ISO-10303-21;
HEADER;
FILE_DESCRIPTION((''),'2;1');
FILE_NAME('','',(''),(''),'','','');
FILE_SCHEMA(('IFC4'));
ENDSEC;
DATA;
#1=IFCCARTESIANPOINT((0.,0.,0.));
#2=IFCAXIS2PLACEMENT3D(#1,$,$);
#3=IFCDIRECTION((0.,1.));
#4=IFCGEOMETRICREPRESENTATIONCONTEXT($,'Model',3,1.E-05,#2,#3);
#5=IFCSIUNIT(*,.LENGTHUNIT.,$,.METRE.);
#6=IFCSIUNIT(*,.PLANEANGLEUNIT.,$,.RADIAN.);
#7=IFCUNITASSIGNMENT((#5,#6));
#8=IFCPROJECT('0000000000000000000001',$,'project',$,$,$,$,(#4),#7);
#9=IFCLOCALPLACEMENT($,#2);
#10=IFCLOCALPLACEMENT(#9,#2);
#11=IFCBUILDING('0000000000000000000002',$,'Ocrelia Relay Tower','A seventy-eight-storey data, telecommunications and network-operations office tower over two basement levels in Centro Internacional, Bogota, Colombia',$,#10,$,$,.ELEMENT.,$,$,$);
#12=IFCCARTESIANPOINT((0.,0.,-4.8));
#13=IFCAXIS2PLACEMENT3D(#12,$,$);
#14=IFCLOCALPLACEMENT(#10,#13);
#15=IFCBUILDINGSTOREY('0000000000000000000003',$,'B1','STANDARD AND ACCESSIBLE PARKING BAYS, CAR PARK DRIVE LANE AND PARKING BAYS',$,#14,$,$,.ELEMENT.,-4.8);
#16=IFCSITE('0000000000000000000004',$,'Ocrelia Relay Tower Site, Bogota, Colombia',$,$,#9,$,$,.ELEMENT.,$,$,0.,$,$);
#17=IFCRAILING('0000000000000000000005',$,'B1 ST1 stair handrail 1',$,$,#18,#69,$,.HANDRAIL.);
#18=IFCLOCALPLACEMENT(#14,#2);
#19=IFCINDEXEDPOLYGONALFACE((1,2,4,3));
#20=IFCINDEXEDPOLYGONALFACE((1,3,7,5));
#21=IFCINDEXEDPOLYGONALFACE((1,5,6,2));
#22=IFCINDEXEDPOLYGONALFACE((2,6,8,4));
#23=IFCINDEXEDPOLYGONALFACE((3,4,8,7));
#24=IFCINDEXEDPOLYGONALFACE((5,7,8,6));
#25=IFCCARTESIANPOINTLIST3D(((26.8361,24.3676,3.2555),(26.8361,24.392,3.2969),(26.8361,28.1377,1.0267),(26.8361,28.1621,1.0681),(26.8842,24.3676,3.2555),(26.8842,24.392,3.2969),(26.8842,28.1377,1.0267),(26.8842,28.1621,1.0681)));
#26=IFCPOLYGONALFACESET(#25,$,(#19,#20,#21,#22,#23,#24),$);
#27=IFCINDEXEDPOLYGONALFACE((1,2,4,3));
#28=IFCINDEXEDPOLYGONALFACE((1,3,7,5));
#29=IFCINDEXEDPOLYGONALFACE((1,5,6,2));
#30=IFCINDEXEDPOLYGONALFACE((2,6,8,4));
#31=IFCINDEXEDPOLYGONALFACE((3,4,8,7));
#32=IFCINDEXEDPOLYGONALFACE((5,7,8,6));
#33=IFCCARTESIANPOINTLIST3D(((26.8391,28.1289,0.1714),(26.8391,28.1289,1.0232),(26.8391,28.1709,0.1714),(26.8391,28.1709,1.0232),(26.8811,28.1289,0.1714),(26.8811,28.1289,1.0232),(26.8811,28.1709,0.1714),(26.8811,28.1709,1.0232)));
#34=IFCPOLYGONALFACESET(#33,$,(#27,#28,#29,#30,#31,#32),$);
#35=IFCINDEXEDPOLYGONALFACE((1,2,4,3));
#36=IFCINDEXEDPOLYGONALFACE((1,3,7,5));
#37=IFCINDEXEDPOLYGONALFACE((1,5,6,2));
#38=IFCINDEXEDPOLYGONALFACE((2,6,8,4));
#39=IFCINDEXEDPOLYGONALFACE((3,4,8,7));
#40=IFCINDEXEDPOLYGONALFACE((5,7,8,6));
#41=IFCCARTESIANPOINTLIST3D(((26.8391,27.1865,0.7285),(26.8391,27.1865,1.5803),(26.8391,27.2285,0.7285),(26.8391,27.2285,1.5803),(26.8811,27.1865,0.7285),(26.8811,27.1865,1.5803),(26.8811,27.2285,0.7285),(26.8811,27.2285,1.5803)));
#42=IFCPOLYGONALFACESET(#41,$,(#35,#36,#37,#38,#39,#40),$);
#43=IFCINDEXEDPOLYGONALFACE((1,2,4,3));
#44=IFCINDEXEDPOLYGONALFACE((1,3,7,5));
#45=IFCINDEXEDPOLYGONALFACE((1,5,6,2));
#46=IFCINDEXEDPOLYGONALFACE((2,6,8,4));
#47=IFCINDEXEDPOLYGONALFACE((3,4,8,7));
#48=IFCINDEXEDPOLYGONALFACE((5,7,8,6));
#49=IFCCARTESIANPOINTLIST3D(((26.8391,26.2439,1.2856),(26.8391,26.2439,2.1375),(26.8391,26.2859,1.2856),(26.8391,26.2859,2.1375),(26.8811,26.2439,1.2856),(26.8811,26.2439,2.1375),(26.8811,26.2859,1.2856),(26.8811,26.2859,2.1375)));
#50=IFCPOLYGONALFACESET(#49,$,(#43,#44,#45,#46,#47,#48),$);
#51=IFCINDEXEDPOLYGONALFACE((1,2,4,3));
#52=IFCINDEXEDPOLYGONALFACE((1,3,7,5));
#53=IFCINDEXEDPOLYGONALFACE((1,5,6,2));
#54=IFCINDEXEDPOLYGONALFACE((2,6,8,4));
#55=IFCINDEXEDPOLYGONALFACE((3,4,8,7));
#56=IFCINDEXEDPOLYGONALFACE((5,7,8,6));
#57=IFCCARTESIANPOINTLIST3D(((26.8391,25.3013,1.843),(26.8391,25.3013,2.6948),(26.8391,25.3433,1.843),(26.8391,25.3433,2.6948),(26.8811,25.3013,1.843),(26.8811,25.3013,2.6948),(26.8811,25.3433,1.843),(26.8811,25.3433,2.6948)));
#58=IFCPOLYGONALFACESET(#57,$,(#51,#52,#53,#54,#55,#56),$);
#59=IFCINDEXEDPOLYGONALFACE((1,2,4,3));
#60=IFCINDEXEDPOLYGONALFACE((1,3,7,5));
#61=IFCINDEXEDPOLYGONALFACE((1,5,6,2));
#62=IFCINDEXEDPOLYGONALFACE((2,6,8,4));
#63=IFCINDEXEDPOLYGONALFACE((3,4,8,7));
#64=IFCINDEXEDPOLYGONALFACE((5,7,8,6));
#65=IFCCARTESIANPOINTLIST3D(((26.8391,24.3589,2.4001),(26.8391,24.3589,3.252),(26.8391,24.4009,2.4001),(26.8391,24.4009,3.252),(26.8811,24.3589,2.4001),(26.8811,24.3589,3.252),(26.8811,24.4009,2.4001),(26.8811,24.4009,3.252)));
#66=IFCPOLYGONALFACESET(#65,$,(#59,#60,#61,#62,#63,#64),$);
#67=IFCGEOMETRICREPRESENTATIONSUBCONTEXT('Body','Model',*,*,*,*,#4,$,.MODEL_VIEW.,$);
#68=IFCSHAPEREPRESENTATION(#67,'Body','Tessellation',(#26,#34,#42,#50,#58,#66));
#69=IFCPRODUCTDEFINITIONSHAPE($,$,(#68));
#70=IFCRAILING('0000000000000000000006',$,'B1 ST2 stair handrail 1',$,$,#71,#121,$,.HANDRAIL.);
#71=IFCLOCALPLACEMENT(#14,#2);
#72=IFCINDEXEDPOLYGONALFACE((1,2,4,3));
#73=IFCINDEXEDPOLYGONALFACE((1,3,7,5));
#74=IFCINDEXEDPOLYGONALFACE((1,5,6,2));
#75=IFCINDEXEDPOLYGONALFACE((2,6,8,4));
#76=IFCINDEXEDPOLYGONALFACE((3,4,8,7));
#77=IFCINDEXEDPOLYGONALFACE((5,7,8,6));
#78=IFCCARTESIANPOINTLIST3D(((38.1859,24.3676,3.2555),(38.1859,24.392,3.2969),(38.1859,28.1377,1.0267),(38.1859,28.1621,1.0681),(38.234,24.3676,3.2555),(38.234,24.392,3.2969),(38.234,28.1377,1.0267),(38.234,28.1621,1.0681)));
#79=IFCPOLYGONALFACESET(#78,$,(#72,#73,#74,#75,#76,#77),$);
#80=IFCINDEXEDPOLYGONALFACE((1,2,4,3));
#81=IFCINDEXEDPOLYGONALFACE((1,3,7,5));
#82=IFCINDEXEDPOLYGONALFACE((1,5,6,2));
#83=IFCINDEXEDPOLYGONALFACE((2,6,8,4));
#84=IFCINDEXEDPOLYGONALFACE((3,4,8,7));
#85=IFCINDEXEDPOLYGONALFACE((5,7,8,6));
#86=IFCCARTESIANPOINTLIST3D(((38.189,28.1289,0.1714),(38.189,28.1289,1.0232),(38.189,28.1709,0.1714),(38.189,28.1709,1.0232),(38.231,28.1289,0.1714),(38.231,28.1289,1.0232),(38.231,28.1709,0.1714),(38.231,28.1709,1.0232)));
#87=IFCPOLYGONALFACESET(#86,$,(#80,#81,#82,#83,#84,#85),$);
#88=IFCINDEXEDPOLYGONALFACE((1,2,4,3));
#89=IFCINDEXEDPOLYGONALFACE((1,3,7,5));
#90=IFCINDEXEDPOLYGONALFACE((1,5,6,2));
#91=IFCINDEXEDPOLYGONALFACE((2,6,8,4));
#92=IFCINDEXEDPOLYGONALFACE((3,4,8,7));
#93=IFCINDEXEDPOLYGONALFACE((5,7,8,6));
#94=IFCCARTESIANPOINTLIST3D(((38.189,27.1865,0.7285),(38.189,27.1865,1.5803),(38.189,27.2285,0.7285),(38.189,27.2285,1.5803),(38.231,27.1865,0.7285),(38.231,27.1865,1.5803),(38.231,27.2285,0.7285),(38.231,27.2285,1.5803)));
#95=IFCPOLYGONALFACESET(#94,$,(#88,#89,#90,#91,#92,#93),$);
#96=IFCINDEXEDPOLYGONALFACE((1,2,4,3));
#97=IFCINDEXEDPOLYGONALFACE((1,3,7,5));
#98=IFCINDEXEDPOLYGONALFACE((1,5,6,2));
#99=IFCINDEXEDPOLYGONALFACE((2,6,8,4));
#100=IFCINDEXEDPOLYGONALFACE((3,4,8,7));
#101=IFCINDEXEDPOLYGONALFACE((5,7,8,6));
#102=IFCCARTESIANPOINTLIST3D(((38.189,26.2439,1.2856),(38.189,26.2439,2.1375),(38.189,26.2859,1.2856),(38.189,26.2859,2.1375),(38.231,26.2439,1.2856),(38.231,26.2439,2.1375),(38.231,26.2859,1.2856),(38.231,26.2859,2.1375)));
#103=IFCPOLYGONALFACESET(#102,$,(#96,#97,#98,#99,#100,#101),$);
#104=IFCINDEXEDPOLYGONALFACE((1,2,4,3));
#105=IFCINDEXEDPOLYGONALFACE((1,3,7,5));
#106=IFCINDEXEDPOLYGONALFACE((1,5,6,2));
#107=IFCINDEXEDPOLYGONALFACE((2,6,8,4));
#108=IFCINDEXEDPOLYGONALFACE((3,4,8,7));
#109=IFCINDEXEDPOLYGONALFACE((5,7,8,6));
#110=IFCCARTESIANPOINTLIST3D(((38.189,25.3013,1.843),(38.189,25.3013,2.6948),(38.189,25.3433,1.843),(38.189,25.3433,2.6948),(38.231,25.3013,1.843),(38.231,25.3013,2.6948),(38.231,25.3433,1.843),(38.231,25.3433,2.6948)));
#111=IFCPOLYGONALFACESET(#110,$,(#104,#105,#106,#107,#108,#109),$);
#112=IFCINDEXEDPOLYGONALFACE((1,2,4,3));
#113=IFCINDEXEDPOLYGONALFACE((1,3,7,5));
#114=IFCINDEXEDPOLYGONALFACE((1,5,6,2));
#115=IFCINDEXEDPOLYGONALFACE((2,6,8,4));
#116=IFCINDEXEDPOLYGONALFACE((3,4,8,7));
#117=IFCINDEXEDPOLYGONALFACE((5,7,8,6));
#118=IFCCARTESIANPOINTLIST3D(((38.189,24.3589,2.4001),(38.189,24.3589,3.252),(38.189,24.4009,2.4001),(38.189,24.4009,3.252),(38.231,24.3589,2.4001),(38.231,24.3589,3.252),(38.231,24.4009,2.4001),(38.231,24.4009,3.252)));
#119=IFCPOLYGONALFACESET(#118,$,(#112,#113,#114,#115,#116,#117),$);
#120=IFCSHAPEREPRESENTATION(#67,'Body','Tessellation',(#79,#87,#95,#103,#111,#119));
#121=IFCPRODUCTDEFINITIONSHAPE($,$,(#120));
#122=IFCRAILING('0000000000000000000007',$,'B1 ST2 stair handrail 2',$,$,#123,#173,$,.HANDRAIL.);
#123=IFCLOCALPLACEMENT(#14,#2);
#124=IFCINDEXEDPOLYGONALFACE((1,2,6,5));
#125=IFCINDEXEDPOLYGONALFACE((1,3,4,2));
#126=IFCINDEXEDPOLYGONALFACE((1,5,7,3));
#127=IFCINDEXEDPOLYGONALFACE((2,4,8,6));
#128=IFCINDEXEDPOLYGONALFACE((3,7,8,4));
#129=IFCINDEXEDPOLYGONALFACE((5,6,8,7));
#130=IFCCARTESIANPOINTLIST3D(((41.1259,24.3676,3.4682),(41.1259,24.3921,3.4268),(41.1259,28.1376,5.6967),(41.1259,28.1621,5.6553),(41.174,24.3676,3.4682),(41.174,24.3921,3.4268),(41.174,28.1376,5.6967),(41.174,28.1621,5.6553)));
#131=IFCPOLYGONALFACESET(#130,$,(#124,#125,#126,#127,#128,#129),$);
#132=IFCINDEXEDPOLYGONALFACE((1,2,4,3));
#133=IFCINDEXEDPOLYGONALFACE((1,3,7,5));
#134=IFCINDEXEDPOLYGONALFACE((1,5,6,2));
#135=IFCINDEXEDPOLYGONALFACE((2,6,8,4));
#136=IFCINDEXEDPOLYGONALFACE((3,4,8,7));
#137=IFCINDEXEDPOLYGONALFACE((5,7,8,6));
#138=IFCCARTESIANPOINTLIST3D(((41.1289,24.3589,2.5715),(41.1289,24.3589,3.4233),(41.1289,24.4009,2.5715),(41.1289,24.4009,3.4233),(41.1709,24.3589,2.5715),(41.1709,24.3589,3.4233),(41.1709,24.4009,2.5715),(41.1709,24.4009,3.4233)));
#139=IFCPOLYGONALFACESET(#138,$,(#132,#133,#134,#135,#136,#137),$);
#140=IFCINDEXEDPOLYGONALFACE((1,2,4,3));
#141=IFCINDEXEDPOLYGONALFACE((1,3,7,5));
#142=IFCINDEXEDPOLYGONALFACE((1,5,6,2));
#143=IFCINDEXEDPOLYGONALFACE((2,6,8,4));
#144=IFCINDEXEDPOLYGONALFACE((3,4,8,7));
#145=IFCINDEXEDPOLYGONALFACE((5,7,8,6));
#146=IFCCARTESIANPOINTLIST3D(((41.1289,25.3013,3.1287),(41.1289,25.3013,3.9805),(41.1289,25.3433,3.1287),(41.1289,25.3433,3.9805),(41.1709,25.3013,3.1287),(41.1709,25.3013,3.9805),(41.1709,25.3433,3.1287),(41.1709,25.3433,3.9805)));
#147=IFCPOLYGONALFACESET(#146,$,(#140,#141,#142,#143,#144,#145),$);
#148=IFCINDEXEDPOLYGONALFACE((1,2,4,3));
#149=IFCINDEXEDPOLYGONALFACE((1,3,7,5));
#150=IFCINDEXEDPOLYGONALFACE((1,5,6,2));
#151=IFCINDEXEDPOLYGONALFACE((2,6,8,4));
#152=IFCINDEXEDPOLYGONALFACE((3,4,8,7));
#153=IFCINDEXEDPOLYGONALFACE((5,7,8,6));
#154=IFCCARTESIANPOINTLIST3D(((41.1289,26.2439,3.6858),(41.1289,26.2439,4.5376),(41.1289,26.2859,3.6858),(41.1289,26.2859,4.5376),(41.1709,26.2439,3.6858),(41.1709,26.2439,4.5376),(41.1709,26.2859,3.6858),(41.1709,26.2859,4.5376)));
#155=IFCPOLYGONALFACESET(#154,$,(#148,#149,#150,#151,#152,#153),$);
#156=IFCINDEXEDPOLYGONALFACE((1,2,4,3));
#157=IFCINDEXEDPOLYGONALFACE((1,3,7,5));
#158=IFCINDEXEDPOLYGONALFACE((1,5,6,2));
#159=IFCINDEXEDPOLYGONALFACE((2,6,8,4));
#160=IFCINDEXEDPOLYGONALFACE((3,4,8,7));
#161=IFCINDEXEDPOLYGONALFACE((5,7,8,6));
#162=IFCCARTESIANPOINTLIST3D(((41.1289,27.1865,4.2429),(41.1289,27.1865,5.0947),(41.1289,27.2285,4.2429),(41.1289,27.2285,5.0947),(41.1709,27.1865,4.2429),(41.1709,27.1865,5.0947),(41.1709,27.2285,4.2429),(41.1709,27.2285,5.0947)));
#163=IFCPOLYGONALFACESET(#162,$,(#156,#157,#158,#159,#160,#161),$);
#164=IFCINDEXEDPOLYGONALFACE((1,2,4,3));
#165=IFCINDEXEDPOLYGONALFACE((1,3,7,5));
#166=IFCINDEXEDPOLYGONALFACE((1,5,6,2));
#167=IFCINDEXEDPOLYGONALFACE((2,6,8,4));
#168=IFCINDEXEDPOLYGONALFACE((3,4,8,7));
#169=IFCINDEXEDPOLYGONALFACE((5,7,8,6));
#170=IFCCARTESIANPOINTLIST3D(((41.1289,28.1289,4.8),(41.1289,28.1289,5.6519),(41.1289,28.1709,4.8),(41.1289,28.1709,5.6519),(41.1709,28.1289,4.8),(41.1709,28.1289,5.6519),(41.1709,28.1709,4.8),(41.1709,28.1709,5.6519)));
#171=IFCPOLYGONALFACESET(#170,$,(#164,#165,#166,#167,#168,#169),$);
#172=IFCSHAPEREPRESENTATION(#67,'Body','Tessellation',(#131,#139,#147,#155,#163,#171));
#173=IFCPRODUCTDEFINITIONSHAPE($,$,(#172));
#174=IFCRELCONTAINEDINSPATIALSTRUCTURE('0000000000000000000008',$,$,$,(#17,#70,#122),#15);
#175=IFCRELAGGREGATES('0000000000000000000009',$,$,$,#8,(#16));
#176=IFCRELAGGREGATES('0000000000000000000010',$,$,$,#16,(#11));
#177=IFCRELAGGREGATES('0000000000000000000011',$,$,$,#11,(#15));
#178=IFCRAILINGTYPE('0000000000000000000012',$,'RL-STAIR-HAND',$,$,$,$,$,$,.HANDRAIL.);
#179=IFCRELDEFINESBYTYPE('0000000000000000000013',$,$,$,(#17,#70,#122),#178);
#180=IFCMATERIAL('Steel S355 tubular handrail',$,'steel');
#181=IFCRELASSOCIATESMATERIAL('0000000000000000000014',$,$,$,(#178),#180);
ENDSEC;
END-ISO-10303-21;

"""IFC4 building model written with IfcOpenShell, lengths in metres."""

from ifc_helpers import new_model, si_unit, direction, frame, origin, origin_2d, place, context, subcontext, project, spatial, rectangle, extrude, material, type_object, element, save


model = new_model("IFC4")

# Units and contexts
model_context = context("Model", 3, precision=1e-05, world=origin(), true_north=direction((0.0, 1.0)))
body_context = subcontext(model_context, "Body", "Model", "MODEL_VIEW")
ifc_project = project(units=[si_unit("LENGTHUNIT", "METRE"), si_unit("PLANEANGLEUNIT", "RADIAN")], contexts=[model_context])

# Site, building, storey
site_placement = place(None, origin())
site = spatial("IfcSite", under=ifc_project, at=site_placement, Name="Ocrelia Relay Tower Site, Bogota, Colombia", CompositionType="ELEMENT", RefElevation=0.0)
building_placement = place(site_placement, origin())
building = spatial("IfcBuilding", under=site, at=building_placement, Name="Ocrelia Relay Tower", Description="A seventy-eight-storey data, telecommunications and network-operations office tower over two basement levels in Centro Internacional, Bogota, Colombia", CompositionType="ELEMENT")
storey_placement = place(building_placement, frame((0.0, 0.0, -4.8)))
storey = spatial("IfcBuildingStorey", under=building, at=storey_placement, Name="B1", Description="STANDARD AND ACCESSIBLE PARKING BAYS, CAR PARK DRIVE LANE AND PARKING BAYS", CompositionType="ELEMENT", Elevation=-4.8)

# Railings
ifc_material_1 = material(Name="Steel S355 tubular handrail", Category="steel")
railing_type_1 = type_object("IfcRailingType", Name="RL-STAIR-HAND", PredefinedType="HANDRAIL", material=ifc_material_1)
for number, where, name in (
    (1, (26.8601, 28.1499, 0.1714), "B1 ST1 stair handrail 1"),
    (2, (38.21, 28.1499, 0.1714), "B1 ST2 stair handrail 1"),
):
    element("IfcRailing", number, at=place(storey_placement, frame(where)), inside=storey, type_object=railing_type_1, Name=name, PredefinedType="HANDRAIL", context=body_context, shape_type="SweptSolid", body=[
        extrude(rectangle(XDim=0.0481, YDim=0.0481, at=origin_2d()), frame((0.0, 0.0, 0.876), z_axis=(0.0, -0.860824, 0.508902), x_axis=(1.0, 0.0, 0.0)), (0.0, 0.0, 1.0), 4.3796),
        extrude(rectangle(XDim=0.042, YDim=0.042, at=origin_2d()), origin(), (0.0, 0.0, 1.0), 0.8518),
        extrude(rectangle(XDim=0.042, YDim=0.042, at=origin_2d()), frame((0.0, -0.9424, 0.5571)), (0.0, 0.0, 1.0), 0.8518),
        extrude(rectangle(XDim=0.042, YDim=0.042, at=origin_2d()), frame((0.0, -1.885, 1.1143)), (0.0, 0.0, 1.0), 0.8518),
        extrude(rectangle(XDim=0.042, YDim=0.042, at=origin_2d()), frame((0.0, -2.8276, 1.6716)), (0.0, 0.0, 1.0), 0.8518),
        extrude(rectangle(XDim=0.042, YDim=0.042, at=origin_2d()), frame((0.0, -3.77, 2.2288)), (0.0, 0.0, 1.0), 0.8518),
    ])
railing_1_placement = place(storey_placement, frame((41.1499, 24.3799, 2.5715)))
element("IfcRailing", 3, at=railing_1_placement, inside=storey, type_object=railing_type_1, Name="B1 ST2 stair handrail 2", PredefinedType="HANDRAIL", context=body_context, shape_type="SweptSolid", body=[
    extrude(rectangle(XDim=0.0481, YDim=0.0481, at=origin_2d()), frame((0.0, 0.0, 0.876), z_axis=(0.0, 0.860849, 0.508861), x_axis=(-1.0, 0.0, 0.0)), (0.0, 0.0, 1.0), 4.3794),
    extrude(rectangle(XDim=0.042, YDim=0.042, at=origin_2d()), origin(), (0.0, 0.0, 1.0), 0.8518),
    extrude(rectangle(XDim=0.042, YDim=0.042, at=origin_2d()), frame((0.0, 0.9424, 0.5571)), (0.0, 0.0, 1.0), 0.8518),
    extrude(rectangle(XDim=0.042, YDim=0.042, at=origin_2d()), frame((0.0, 1.885, 1.1143)), (0.0, 0.0, 1.0), 0.8518),
    extrude(rectangle(XDim=0.042, YDim=0.042, at=origin_2d()), frame((0.0, 2.8276, 1.6714)), (0.0, 0.0, 1.0), 0.8518),
    extrude(rectangle(XDim=0.042, YDim=0.042, at=origin_2d()), frame((0.0, 3.77, 2.2285)), (0.0, 0.0, 1.0), 0.8518),
])

save(model, "model.ifc")
